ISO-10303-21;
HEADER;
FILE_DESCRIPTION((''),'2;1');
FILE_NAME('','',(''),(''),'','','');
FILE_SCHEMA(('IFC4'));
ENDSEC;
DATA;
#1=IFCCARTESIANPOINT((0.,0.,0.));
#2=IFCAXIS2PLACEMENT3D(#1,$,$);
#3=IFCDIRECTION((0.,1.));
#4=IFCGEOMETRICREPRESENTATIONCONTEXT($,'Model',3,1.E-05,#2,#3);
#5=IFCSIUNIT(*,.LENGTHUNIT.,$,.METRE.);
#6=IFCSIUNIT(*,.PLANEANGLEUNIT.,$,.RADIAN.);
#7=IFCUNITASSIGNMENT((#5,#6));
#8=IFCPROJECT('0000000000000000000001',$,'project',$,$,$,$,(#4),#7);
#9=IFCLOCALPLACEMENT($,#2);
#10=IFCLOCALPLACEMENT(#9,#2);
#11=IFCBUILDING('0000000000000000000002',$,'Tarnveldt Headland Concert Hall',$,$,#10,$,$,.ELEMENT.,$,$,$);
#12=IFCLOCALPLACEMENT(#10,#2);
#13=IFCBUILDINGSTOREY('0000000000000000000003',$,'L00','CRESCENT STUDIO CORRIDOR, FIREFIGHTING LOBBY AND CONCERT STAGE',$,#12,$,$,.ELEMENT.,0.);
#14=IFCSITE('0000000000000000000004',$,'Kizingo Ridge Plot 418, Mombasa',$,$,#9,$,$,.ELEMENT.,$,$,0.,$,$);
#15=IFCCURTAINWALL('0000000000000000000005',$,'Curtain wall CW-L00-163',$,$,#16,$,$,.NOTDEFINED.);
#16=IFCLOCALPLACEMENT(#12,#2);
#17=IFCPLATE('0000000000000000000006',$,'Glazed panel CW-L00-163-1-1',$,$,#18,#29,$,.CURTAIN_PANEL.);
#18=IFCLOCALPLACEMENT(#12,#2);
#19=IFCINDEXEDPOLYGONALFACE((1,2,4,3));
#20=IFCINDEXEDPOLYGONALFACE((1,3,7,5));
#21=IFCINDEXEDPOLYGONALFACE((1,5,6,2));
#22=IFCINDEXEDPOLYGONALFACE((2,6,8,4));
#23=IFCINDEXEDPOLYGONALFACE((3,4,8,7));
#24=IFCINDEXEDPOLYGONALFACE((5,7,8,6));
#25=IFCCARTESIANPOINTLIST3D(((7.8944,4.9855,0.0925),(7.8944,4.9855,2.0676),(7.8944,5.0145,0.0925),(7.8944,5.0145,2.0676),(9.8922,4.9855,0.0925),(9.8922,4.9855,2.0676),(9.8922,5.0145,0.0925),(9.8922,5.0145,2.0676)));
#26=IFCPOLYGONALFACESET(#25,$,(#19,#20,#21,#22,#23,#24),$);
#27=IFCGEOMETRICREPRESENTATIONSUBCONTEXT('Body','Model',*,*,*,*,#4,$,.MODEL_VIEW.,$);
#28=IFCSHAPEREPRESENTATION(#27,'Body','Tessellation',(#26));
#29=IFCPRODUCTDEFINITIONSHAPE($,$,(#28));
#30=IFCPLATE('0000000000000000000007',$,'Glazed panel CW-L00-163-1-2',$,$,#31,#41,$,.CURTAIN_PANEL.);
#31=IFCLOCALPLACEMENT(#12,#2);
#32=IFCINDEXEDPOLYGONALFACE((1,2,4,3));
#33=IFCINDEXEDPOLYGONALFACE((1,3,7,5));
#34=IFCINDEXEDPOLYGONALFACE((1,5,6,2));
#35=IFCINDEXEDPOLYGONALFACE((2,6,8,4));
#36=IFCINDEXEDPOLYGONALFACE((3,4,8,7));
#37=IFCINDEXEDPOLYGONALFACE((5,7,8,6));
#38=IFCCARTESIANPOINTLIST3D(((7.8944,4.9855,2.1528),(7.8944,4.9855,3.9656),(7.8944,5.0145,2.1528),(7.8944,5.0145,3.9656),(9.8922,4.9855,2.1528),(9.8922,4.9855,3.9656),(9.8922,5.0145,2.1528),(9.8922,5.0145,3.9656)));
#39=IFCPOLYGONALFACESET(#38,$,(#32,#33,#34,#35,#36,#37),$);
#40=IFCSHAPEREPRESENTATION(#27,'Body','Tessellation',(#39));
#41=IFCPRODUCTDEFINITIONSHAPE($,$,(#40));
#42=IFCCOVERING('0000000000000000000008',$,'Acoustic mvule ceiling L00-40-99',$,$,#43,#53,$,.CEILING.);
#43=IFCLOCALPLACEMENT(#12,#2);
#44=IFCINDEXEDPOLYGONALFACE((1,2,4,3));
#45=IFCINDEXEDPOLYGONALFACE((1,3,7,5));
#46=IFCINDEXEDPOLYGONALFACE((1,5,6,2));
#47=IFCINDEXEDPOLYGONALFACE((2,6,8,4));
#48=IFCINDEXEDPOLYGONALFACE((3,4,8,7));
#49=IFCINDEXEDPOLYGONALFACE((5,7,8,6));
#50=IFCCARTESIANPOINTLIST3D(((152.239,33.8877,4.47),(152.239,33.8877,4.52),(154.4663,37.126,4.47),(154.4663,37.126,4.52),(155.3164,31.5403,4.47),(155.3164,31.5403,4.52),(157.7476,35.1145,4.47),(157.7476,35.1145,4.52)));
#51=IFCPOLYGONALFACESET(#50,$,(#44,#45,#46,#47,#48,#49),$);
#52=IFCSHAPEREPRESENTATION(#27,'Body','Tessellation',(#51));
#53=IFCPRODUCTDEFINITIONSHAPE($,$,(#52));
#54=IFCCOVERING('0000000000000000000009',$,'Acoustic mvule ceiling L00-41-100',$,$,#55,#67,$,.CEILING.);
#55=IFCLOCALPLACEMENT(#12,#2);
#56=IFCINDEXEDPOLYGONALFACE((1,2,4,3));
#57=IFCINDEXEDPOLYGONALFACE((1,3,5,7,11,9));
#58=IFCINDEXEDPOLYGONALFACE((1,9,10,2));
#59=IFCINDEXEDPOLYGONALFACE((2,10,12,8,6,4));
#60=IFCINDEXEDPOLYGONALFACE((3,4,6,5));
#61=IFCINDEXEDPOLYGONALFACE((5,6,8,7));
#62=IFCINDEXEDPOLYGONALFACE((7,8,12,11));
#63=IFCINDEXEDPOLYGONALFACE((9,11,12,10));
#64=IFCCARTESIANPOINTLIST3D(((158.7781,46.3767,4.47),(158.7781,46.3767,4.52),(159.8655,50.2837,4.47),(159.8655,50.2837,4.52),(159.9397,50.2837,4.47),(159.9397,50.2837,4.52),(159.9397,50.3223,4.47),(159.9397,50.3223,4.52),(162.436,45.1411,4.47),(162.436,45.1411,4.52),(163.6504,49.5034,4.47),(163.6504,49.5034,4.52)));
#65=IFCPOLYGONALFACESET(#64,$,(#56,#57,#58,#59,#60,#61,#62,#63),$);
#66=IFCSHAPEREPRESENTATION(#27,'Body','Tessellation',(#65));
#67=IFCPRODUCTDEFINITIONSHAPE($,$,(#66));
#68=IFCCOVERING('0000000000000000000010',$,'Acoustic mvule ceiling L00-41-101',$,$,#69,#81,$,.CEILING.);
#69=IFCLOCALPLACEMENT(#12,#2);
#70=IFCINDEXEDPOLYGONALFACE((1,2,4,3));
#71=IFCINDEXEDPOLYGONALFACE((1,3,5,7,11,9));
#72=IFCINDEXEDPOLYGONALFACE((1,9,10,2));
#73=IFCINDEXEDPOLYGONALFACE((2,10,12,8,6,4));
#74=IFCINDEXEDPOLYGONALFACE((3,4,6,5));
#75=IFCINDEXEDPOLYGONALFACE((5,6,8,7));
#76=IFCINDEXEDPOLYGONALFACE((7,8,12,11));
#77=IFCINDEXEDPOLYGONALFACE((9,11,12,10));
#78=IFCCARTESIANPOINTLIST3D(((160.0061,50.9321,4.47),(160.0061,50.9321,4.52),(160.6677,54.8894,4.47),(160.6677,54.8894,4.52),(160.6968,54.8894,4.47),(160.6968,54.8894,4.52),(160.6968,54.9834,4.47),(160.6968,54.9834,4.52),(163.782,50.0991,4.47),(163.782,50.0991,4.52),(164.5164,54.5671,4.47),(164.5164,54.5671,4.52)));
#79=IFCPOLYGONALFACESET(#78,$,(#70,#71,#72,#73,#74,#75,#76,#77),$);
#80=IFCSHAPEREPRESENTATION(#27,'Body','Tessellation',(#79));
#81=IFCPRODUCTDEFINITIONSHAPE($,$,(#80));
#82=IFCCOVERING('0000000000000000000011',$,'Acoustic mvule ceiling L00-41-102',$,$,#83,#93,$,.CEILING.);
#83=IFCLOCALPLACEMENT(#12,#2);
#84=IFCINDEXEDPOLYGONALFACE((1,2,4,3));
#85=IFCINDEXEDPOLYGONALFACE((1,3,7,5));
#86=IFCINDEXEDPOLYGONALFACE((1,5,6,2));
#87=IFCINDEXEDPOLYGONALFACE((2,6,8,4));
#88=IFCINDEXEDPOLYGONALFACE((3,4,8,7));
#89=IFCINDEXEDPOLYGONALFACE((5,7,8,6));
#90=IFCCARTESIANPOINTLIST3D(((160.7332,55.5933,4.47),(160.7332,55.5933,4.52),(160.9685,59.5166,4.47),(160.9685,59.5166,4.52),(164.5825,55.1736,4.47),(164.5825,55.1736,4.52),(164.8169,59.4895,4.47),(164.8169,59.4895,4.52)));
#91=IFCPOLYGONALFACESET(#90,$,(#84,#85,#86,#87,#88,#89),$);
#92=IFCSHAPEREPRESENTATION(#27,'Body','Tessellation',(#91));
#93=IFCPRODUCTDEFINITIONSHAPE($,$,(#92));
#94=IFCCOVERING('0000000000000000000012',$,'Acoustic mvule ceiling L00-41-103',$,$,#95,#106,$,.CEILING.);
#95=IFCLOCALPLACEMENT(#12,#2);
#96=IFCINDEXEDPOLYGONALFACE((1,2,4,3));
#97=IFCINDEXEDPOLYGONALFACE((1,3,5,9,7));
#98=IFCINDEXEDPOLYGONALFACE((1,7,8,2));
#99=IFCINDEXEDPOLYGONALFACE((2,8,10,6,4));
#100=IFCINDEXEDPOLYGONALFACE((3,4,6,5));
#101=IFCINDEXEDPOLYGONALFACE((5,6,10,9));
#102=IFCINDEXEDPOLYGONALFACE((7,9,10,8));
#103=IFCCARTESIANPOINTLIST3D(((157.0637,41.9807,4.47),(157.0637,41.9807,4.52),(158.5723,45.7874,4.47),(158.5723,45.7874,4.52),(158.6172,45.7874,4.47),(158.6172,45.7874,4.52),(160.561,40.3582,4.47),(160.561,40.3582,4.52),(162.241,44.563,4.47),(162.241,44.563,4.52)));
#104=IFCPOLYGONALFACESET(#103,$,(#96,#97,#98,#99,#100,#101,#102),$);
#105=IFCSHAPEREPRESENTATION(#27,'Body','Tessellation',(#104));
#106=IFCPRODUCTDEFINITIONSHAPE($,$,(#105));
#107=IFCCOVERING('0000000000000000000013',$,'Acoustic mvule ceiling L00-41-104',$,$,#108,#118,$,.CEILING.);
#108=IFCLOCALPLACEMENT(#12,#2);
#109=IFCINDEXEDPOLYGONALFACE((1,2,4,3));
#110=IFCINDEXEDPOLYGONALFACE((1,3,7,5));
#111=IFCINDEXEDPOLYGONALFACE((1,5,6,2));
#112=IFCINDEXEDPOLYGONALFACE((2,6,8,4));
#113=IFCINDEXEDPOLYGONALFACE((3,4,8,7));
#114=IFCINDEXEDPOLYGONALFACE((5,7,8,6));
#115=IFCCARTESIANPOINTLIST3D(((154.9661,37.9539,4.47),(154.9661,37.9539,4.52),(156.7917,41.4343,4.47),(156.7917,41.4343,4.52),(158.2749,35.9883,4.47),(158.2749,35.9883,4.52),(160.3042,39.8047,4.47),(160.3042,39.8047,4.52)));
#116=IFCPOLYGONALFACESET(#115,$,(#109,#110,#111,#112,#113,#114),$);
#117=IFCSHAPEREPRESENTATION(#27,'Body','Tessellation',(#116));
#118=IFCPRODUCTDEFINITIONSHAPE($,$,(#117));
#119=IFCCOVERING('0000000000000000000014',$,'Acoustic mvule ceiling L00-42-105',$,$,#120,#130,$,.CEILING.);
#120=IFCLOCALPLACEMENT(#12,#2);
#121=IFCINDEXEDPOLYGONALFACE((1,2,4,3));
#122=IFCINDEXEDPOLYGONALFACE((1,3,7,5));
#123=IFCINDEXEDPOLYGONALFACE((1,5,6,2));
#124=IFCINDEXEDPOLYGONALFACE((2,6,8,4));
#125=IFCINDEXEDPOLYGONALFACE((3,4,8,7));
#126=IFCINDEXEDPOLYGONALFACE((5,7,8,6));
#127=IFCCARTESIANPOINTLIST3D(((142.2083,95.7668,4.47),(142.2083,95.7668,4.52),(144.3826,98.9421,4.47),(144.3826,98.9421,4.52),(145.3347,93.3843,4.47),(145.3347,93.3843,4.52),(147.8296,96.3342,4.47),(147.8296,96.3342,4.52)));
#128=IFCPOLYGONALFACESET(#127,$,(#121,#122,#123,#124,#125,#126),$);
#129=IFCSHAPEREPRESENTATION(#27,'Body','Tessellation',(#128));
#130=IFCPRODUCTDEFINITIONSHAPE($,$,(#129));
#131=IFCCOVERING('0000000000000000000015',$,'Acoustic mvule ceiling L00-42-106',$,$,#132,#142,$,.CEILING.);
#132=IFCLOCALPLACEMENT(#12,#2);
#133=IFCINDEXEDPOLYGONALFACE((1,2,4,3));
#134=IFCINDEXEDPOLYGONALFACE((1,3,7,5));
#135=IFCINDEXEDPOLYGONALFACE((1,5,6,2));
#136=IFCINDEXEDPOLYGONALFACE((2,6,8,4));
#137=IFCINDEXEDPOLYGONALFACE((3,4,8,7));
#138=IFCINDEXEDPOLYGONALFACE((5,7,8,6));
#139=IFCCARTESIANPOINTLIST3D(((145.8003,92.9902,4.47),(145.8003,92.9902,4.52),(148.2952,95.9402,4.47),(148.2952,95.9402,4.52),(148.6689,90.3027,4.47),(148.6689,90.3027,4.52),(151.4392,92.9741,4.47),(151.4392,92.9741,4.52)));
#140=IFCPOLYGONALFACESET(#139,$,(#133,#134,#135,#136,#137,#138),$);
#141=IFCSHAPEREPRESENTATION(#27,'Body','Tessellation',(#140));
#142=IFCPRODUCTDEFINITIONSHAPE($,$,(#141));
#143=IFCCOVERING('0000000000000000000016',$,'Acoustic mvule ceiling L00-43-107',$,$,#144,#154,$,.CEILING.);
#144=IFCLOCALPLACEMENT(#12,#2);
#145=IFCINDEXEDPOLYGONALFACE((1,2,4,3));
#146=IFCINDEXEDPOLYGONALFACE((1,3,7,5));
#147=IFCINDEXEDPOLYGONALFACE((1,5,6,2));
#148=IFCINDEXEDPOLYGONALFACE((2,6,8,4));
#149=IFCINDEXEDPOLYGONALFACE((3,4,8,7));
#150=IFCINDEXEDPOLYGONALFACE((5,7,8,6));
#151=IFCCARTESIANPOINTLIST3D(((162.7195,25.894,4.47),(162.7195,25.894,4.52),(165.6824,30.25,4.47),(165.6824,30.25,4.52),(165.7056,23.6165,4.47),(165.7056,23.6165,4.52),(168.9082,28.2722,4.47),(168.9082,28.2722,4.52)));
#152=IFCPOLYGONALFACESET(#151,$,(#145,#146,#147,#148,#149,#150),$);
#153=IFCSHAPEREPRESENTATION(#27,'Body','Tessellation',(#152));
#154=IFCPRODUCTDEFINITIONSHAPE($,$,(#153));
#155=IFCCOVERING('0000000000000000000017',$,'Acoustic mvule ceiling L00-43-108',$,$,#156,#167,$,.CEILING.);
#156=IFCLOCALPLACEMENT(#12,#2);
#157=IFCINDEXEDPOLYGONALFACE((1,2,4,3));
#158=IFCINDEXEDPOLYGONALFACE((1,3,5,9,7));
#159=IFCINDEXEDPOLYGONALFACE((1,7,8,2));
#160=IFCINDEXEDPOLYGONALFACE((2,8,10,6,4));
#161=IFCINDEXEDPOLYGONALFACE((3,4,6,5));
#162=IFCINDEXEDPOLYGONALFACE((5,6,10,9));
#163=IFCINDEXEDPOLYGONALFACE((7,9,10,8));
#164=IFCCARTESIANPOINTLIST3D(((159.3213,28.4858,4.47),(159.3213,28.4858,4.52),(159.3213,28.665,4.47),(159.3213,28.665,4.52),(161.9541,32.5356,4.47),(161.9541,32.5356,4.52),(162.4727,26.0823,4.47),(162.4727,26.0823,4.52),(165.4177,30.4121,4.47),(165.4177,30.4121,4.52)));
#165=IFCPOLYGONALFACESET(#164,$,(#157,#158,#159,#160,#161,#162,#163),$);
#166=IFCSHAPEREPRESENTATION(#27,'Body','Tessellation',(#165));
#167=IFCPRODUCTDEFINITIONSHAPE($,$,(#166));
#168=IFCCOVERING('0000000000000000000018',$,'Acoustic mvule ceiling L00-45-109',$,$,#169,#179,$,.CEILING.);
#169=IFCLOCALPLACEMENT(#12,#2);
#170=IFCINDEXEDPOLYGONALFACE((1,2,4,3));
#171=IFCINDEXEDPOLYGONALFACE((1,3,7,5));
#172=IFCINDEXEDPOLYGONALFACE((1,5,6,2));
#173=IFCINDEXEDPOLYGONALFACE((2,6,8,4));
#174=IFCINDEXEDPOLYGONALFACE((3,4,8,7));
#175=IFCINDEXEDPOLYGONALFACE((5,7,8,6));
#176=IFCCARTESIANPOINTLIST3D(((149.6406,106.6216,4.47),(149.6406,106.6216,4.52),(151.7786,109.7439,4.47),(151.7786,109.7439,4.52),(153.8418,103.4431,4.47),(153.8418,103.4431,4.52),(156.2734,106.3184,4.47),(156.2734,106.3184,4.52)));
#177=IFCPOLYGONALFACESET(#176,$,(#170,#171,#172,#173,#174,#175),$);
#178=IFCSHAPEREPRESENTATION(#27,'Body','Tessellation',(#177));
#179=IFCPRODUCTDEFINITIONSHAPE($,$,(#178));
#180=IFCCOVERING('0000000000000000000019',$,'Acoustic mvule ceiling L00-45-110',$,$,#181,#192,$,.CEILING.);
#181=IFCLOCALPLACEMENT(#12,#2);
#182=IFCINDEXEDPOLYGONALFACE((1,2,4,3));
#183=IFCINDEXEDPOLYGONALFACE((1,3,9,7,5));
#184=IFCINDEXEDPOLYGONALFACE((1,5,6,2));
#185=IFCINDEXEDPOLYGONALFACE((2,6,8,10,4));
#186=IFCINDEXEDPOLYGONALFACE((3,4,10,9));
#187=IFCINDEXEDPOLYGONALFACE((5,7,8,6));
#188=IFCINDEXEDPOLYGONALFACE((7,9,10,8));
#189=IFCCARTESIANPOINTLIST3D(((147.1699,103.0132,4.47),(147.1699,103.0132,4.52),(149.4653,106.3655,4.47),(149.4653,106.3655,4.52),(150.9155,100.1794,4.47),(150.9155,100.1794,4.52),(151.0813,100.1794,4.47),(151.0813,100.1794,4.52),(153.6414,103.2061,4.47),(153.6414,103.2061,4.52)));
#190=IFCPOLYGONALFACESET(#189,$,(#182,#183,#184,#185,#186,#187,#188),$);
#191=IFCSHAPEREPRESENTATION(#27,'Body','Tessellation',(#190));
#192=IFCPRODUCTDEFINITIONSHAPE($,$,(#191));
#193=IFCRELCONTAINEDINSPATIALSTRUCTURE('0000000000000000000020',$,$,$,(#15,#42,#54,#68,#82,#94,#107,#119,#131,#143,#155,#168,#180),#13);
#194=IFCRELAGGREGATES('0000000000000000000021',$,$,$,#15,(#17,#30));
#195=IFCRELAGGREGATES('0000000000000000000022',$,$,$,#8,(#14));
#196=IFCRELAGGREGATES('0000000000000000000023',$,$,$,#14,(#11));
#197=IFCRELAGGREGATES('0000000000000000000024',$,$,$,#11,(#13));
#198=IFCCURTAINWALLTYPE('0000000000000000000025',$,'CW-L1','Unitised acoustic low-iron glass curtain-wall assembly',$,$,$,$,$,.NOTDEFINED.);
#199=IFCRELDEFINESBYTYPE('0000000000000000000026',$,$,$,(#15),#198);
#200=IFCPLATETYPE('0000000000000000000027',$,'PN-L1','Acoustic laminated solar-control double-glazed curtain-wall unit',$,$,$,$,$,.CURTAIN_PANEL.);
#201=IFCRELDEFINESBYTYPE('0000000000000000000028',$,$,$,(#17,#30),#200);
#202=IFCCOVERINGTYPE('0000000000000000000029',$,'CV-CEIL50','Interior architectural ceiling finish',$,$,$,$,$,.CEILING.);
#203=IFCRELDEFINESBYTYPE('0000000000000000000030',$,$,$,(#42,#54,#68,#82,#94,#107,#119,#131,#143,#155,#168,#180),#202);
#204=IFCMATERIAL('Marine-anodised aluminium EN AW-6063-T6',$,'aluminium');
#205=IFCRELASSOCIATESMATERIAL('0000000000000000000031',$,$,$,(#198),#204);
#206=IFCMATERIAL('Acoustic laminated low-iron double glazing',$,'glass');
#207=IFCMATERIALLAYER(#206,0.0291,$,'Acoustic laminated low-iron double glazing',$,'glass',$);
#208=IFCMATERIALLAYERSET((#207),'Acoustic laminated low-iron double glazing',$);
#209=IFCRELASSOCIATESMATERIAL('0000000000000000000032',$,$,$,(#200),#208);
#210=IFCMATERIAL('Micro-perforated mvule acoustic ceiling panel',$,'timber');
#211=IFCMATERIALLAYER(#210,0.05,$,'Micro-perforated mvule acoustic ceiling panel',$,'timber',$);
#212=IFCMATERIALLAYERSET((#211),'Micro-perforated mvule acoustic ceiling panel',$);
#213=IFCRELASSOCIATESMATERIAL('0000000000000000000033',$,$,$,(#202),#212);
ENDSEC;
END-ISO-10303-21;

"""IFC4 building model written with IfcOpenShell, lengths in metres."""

from ifc_helpers import new_model, si_unit, direction, frame, origin, origin_2d, place, context, subcontext, project, spatial, polyline, rectangle, outline, extrude, material, layer, layer_set, type_object, element, aggregate, save


model = new_model("IFC4")

# Units and contexts
model_context = context("Model", 3, precision=1e-05, world=origin(), true_north=direction((0.0, 1.0)))
body_context = subcontext(model_context, "Body", "Model", "MODEL_VIEW")
ifc_project = project(units=[si_unit("LENGTHUNIT", "METRE"), si_unit("PLANEANGLEUNIT", "RADIAN")], contexts=[model_context])

# Site, building, storey
site_placement = place(None, origin())
site = spatial("IfcSite", under=ifc_project, at=site_placement, Name="Kizingo Ridge Plot 418, Mombasa", CompositionType="ELEMENT", RefElevation=0.0)
building_placement = place(site_placement, origin())
building = spatial("IfcBuilding", under=site, at=building_placement, Name="Tarnveldt Headland Concert Hall", CompositionType="ELEMENT")
storey_placement = place(building_placement, origin())
storey = spatial("IfcBuildingStorey", under=building, at=storey_placement, Name="L00", Description="CRESCENT STUDIO CORRIDOR, FIREFIGHTING LOBBY AND CONCERT STAGE", CompositionType="ELEMENT", Elevation=0.0)

# Curtain wall
ifc_material_1 = material(Name="Marine-anodised aluminium EN AW-6063-T6", Category="aluminium")
curtain_wall_type = type_object("IfcCurtainWallType", Name="CW-L1", Description="Unitised acoustic low-iron glass curtain-wall assembly", PredefinedType="NOTDEFINED", material=ifc_material_1)
curtain_wall_placement = place(storey_placement, origin())
curtain_wall = element("IfcCurtainWall", 1, at=curtain_wall_placement, inside=storey, type_object=curtain_wall_type, Name="Curtain wall CW-L00-163", PredefinedType="NOTDEFINED")

# Plates
ifc_material_2 = material(Name="Acoustic laminated low-iron double glazing", Category="glass")
ifc_layer_1 = layer(ifc_material_2, 0.0291, Name="Acoustic laminated low-iron double glazing", Category="glass")
ifc_layer_set_1 = layer_set([ifc_layer_1], Name="Acoustic laminated low-iron double glazing")
plate_type = type_object("IfcPlateType", Name="PN-L1", Description="Acoustic laminated solar-control double-glazed curtain-wall unit", PredefinedType="CURTAIN_PANEL", material=ifc_layer_set_1)
plate_1_placement = place(storey_placement, frame((8.8933, 5.0, 0.0925), z_axis=(0.0, 0.0, 1.0), x_axis=(1.0, 0.0, 0.0)))
plate_1 = element("IfcPlate", 2, at=plate_1_placement, type_object=plate_type, Name="Glazed panel CW-L00-163-1-1", PredefinedType="CURTAIN_PANEL", context=body_context, shape_type="SweptSolid", body=[
    extrude(rectangle(XDim=1.9978, YDim=0.0291, at=origin_2d()), origin(), (0.0, 0.0, 1.0), 1.9751),
])
plate_2_placement = place(storey_placement, frame((8.8933, 5.0, 2.1528), z_axis=(0.0, 0.0, 1.0), x_axis=(1.0, 0.0, 0.0)))
plate_2 = element("IfcPlate", 3, at=plate_2_placement, type_object=plate_type, Name="Glazed panel CW-L00-163-1-2", PredefinedType="CURTAIN_PANEL", context=body_context, shape_type="SweptSolid", body=[
    extrude(rectangle(XDim=1.9978, YDim=0.0291, at=origin_2d()), origin(), (0.0, 0.0, 1.0), 1.8127),
])
aggregate(curtain_wall, [plate_1, plate_2])

# Coverings
ifc_material_3 = material(Name="Micro-perforated mvule acoustic ceiling panel", Category="timber")
ifc_layer_2 = layer(ifc_material_3, 0.05, Name="Micro-perforated mvule acoustic ceiling panel", Category="timber")
ifc_layer_set_2 = layer_set([ifc_layer_2], Name="Micro-perforated mvule acoustic ceiling panel")
covering_type_1 = type_object("IfcCoveringType", Name="CV-CEIL50", Description="Interior architectural ceiling finish", PredefinedType="CEILING", material=ifc_layer_set_2)
covering_1_placement = place(storey_placement, frame((0.0, 0.0, 4.47)))
element("IfcCovering", 4, at=covering_1_placement, inside=storey, type_object=covering_type_1, Name="Acoustic mvule ceiling L00-40-99", PredefinedType="CEILING", context=body_context, shape_type="SweptSolid", body=[
    extrude(outline(polyline([(155.3164, 31.5403), (152.239, 33.8877), (154.4663, 37.126), (157.7476, 35.1145), (155.3164, 31.5403)])), origin(), (0.0, 0.0, 1.0), 0.05),
])
covering_2_placement = place(storey_placement, frame((0.0, 0.0, 4.47)))
element("IfcCovering", 5, at=covering_2_placement, inside=storey, type_object=covering_type_1, Name="Acoustic mvule ceiling L00-41-100", PredefinedType="CEILING", context=body_context, shape_type="SweptSolid", body=[
    extrude(outline(polyline([(159.8655, 50.2837), (159.9397, 50.2837), (159.9397, 50.3223), (163.6504, 49.5034), (162.436, 45.1411), (158.7781, 46.3767), (159.8655, 50.2837)])), origin(), (0.0, 0.0, 1.0), 0.05),
])
covering_3_placement = place(storey_placement, frame((0.0, 0.0, 4.47)))
element("IfcCovering", 6, at=covering_3_placement, inside=storey, type_object=covering_type_1, Name="Acoustic mvule ceiling L00-41-101", PredefinedType="CEILING", context=body_context, shape_type="SweptSolid", body=[
    extrude(outline(polyline([(163.782, 50.0991), (160.0061, 50.9321), (160.6677, 54.8894), (160.6968, 54.8894), (160.6968, 54.9834), (164.5164, 54.5671), (163.782, 50.0991)])), origin(), (0.0, 0.0, 1.0), 0.05),
])
covering_4_placement = place(storey_placement, frame((0.0, 0.0, 4.47)))
element("IfcCovering", 7, at=covering_4_placement, inside=storey, type_object=covering_type_1, Name="Acoustic mvule ceiling L00-41-102", PredefinedType="CEILING", context=body_context, shape_type="SweptSolid", body=[
    extrude(outline(polyline([(164.5825, 55.1736), (160.7332, 55.5933), (160.9685, 59.5166), (164.8169, 59.4895), (164.5825, 55.1736)])), origin(), (0.0, 0.0, 1.0), 0.05),
])
covering_5_placement = place(storey_placement, frame((0.0, 0.0, 4.47)))
element("IfcCovering", 8, at=covering_5_placement, inside=storey, type_object=covering_type_1, Name="Acoustic mvule ceiling L00-41-103", PredefinedType="CEILING", context=body_context, shape_type="SweptSolid", body=[
    extrude(outline(polyline([(157.0637, 41.9807), (158.5723, 45.7874), (158.6172, 45.7874), (162.241, 44.563), (160.561, 40.3582), (157.0637, 41.9807)])), origin(), (0.0, 0.0, 1.0), 0.05),
])
covering_6_placement = place(storey_placement, frame((0.0, 0.0, 4.47)))
element("IfcCovering", 9, at=covering_6_placement, inside=storey, type_object=covering_type_1, Name="Acoustic mvule ceiling L00-41-104", PredefinedType="CEILING", context=body_context, shape_type="SweptSolid", body=[
    extrude(outline(polyline([(158.2749, 35.9883), (154.9661, 37.9539), (156.7917, 41.4343), (160.3042, 39.8047), (158.2749, 35.9883)])), origin(), (0.0, 0.0, 1.0), 0.05),
])
covering_7_placement = place(storey_placement, frame((0.0, 0.0, 4.47)))
element("IfcCovering", 10, at=covering_7_placement, inside=storey, type_object=covering_type_1, Name="Acoustic mvule ceiling L00-42-105", PredefinedType="CEILING", context=body_context, shape_type="SweptSolid", body=[
    extrude(outline(polyline([(147.8296, 96.3342), (145.3347, 93.3843), (142.2083, 95.7668), (144.3826, 98.9421), (147.8296, 96.3342)])), origin(), (0.0, 0.0, 1.0), 0.05),
])
covering_8_placement = place(storey_placement, frame((0.0, 0.0, 4.47)))
element("IfcCovering", 11, at=covering_8_placement, inside=storey, type_object=covering_type_1, Name="Acoustic mvule ceiling L00-42-106", PredefinedType="CEILING", context=body_context, shape_type="SweptSolid", body=[
    extrude(outline(polyline([(145.8003, 92.9902), (148.2952, 95.9402), (151.4392, 92.9741), (148.6689, 90.3027), (145.8003, 92.9902)])), origin(), (0.0, 0.0, 1.0), 0.05),
])
covering_9_placement = place(storey_placement, frame((0.0, 0.0, 4.47)))
element("IfcCovering", 12, at=covering_9_placement, inside=storey, type_object=covering_type_1, Name="Acoustic mvule ceiling L00-43-107", PredefinedType="CEILING", context=body_context, shape_type="SweptSolid", body=[
    extrude(outline(polyline([(162.7195, 25.894), (165.6824, 30.25), (168.9082, 28.2722), (165.7056, 23.6165), (162.7195, 25.894)])), origin(), (0.0, 0.0, 1.0), 0.05),
])
covering_10_placement = place(storey_placement, frame((0.0, 0.0, 4.47)))
element("IfcCovering", 13, at=covering_10_placement, inside=storey, type_object=covering_type_1, Name="Acoustic mvule ceiling L00-43-108", PredefinedType="CEILING", context=body_context, shape_type="SweptSolid", body=[
    extrude(outline(polyline([(159.3213, 28.665), (161.9541, 32.5356), (165.4177, 30.4121), (162.4727, 26.0823), (159.3213, 28.4858), (159.3213, 28.665)])), origin(), (0.0, 0.0, 1.0), 0.05),
])
covering_11_placement = place(storey_placement, frame((0.0, 0.0, 4.47)))
element("IfcCovering", 14, at=covering_11_placement, inside=storey, type_object=covering_type_1, Name="Acoustic mvule ceiling L00-45-109", PredefinedType="CEILING", context=body_context, shape_type="SweptSolid", body=[
    extrude(outline(polyline([(153.8418, 103.4431), (149.6406, 106.6216), (151.7786, 109.7439), (156.2734, 106.3184), (153.8418, 103.4431)])), origin(), (0.0, 0.0, 1.0), 0.05),
])
covering_12_placement = place(storey_placement, frame((0.0, 0.0, 4.47)))
element("IfcCovering", 15, at=covering_12_placement, inside=storey, type_object=covering_type_1, Name="Acoustic mvule ceiling L00-45-110", PredefinedType="CEILING", context=body_context, shape_type="SweptSolid", body=[
    extrude(outline(polyline([(150.9155, 100.1794), (147.1699, 103.0132), (149.4653, 106.3655), (153.6414, 103.2061), (151.0813, 100.1794), (150.9155, 100.1794)])), origin(), (0.0, 0.0, 1.0), 0.05),
])

save(model, "model.ifc")
